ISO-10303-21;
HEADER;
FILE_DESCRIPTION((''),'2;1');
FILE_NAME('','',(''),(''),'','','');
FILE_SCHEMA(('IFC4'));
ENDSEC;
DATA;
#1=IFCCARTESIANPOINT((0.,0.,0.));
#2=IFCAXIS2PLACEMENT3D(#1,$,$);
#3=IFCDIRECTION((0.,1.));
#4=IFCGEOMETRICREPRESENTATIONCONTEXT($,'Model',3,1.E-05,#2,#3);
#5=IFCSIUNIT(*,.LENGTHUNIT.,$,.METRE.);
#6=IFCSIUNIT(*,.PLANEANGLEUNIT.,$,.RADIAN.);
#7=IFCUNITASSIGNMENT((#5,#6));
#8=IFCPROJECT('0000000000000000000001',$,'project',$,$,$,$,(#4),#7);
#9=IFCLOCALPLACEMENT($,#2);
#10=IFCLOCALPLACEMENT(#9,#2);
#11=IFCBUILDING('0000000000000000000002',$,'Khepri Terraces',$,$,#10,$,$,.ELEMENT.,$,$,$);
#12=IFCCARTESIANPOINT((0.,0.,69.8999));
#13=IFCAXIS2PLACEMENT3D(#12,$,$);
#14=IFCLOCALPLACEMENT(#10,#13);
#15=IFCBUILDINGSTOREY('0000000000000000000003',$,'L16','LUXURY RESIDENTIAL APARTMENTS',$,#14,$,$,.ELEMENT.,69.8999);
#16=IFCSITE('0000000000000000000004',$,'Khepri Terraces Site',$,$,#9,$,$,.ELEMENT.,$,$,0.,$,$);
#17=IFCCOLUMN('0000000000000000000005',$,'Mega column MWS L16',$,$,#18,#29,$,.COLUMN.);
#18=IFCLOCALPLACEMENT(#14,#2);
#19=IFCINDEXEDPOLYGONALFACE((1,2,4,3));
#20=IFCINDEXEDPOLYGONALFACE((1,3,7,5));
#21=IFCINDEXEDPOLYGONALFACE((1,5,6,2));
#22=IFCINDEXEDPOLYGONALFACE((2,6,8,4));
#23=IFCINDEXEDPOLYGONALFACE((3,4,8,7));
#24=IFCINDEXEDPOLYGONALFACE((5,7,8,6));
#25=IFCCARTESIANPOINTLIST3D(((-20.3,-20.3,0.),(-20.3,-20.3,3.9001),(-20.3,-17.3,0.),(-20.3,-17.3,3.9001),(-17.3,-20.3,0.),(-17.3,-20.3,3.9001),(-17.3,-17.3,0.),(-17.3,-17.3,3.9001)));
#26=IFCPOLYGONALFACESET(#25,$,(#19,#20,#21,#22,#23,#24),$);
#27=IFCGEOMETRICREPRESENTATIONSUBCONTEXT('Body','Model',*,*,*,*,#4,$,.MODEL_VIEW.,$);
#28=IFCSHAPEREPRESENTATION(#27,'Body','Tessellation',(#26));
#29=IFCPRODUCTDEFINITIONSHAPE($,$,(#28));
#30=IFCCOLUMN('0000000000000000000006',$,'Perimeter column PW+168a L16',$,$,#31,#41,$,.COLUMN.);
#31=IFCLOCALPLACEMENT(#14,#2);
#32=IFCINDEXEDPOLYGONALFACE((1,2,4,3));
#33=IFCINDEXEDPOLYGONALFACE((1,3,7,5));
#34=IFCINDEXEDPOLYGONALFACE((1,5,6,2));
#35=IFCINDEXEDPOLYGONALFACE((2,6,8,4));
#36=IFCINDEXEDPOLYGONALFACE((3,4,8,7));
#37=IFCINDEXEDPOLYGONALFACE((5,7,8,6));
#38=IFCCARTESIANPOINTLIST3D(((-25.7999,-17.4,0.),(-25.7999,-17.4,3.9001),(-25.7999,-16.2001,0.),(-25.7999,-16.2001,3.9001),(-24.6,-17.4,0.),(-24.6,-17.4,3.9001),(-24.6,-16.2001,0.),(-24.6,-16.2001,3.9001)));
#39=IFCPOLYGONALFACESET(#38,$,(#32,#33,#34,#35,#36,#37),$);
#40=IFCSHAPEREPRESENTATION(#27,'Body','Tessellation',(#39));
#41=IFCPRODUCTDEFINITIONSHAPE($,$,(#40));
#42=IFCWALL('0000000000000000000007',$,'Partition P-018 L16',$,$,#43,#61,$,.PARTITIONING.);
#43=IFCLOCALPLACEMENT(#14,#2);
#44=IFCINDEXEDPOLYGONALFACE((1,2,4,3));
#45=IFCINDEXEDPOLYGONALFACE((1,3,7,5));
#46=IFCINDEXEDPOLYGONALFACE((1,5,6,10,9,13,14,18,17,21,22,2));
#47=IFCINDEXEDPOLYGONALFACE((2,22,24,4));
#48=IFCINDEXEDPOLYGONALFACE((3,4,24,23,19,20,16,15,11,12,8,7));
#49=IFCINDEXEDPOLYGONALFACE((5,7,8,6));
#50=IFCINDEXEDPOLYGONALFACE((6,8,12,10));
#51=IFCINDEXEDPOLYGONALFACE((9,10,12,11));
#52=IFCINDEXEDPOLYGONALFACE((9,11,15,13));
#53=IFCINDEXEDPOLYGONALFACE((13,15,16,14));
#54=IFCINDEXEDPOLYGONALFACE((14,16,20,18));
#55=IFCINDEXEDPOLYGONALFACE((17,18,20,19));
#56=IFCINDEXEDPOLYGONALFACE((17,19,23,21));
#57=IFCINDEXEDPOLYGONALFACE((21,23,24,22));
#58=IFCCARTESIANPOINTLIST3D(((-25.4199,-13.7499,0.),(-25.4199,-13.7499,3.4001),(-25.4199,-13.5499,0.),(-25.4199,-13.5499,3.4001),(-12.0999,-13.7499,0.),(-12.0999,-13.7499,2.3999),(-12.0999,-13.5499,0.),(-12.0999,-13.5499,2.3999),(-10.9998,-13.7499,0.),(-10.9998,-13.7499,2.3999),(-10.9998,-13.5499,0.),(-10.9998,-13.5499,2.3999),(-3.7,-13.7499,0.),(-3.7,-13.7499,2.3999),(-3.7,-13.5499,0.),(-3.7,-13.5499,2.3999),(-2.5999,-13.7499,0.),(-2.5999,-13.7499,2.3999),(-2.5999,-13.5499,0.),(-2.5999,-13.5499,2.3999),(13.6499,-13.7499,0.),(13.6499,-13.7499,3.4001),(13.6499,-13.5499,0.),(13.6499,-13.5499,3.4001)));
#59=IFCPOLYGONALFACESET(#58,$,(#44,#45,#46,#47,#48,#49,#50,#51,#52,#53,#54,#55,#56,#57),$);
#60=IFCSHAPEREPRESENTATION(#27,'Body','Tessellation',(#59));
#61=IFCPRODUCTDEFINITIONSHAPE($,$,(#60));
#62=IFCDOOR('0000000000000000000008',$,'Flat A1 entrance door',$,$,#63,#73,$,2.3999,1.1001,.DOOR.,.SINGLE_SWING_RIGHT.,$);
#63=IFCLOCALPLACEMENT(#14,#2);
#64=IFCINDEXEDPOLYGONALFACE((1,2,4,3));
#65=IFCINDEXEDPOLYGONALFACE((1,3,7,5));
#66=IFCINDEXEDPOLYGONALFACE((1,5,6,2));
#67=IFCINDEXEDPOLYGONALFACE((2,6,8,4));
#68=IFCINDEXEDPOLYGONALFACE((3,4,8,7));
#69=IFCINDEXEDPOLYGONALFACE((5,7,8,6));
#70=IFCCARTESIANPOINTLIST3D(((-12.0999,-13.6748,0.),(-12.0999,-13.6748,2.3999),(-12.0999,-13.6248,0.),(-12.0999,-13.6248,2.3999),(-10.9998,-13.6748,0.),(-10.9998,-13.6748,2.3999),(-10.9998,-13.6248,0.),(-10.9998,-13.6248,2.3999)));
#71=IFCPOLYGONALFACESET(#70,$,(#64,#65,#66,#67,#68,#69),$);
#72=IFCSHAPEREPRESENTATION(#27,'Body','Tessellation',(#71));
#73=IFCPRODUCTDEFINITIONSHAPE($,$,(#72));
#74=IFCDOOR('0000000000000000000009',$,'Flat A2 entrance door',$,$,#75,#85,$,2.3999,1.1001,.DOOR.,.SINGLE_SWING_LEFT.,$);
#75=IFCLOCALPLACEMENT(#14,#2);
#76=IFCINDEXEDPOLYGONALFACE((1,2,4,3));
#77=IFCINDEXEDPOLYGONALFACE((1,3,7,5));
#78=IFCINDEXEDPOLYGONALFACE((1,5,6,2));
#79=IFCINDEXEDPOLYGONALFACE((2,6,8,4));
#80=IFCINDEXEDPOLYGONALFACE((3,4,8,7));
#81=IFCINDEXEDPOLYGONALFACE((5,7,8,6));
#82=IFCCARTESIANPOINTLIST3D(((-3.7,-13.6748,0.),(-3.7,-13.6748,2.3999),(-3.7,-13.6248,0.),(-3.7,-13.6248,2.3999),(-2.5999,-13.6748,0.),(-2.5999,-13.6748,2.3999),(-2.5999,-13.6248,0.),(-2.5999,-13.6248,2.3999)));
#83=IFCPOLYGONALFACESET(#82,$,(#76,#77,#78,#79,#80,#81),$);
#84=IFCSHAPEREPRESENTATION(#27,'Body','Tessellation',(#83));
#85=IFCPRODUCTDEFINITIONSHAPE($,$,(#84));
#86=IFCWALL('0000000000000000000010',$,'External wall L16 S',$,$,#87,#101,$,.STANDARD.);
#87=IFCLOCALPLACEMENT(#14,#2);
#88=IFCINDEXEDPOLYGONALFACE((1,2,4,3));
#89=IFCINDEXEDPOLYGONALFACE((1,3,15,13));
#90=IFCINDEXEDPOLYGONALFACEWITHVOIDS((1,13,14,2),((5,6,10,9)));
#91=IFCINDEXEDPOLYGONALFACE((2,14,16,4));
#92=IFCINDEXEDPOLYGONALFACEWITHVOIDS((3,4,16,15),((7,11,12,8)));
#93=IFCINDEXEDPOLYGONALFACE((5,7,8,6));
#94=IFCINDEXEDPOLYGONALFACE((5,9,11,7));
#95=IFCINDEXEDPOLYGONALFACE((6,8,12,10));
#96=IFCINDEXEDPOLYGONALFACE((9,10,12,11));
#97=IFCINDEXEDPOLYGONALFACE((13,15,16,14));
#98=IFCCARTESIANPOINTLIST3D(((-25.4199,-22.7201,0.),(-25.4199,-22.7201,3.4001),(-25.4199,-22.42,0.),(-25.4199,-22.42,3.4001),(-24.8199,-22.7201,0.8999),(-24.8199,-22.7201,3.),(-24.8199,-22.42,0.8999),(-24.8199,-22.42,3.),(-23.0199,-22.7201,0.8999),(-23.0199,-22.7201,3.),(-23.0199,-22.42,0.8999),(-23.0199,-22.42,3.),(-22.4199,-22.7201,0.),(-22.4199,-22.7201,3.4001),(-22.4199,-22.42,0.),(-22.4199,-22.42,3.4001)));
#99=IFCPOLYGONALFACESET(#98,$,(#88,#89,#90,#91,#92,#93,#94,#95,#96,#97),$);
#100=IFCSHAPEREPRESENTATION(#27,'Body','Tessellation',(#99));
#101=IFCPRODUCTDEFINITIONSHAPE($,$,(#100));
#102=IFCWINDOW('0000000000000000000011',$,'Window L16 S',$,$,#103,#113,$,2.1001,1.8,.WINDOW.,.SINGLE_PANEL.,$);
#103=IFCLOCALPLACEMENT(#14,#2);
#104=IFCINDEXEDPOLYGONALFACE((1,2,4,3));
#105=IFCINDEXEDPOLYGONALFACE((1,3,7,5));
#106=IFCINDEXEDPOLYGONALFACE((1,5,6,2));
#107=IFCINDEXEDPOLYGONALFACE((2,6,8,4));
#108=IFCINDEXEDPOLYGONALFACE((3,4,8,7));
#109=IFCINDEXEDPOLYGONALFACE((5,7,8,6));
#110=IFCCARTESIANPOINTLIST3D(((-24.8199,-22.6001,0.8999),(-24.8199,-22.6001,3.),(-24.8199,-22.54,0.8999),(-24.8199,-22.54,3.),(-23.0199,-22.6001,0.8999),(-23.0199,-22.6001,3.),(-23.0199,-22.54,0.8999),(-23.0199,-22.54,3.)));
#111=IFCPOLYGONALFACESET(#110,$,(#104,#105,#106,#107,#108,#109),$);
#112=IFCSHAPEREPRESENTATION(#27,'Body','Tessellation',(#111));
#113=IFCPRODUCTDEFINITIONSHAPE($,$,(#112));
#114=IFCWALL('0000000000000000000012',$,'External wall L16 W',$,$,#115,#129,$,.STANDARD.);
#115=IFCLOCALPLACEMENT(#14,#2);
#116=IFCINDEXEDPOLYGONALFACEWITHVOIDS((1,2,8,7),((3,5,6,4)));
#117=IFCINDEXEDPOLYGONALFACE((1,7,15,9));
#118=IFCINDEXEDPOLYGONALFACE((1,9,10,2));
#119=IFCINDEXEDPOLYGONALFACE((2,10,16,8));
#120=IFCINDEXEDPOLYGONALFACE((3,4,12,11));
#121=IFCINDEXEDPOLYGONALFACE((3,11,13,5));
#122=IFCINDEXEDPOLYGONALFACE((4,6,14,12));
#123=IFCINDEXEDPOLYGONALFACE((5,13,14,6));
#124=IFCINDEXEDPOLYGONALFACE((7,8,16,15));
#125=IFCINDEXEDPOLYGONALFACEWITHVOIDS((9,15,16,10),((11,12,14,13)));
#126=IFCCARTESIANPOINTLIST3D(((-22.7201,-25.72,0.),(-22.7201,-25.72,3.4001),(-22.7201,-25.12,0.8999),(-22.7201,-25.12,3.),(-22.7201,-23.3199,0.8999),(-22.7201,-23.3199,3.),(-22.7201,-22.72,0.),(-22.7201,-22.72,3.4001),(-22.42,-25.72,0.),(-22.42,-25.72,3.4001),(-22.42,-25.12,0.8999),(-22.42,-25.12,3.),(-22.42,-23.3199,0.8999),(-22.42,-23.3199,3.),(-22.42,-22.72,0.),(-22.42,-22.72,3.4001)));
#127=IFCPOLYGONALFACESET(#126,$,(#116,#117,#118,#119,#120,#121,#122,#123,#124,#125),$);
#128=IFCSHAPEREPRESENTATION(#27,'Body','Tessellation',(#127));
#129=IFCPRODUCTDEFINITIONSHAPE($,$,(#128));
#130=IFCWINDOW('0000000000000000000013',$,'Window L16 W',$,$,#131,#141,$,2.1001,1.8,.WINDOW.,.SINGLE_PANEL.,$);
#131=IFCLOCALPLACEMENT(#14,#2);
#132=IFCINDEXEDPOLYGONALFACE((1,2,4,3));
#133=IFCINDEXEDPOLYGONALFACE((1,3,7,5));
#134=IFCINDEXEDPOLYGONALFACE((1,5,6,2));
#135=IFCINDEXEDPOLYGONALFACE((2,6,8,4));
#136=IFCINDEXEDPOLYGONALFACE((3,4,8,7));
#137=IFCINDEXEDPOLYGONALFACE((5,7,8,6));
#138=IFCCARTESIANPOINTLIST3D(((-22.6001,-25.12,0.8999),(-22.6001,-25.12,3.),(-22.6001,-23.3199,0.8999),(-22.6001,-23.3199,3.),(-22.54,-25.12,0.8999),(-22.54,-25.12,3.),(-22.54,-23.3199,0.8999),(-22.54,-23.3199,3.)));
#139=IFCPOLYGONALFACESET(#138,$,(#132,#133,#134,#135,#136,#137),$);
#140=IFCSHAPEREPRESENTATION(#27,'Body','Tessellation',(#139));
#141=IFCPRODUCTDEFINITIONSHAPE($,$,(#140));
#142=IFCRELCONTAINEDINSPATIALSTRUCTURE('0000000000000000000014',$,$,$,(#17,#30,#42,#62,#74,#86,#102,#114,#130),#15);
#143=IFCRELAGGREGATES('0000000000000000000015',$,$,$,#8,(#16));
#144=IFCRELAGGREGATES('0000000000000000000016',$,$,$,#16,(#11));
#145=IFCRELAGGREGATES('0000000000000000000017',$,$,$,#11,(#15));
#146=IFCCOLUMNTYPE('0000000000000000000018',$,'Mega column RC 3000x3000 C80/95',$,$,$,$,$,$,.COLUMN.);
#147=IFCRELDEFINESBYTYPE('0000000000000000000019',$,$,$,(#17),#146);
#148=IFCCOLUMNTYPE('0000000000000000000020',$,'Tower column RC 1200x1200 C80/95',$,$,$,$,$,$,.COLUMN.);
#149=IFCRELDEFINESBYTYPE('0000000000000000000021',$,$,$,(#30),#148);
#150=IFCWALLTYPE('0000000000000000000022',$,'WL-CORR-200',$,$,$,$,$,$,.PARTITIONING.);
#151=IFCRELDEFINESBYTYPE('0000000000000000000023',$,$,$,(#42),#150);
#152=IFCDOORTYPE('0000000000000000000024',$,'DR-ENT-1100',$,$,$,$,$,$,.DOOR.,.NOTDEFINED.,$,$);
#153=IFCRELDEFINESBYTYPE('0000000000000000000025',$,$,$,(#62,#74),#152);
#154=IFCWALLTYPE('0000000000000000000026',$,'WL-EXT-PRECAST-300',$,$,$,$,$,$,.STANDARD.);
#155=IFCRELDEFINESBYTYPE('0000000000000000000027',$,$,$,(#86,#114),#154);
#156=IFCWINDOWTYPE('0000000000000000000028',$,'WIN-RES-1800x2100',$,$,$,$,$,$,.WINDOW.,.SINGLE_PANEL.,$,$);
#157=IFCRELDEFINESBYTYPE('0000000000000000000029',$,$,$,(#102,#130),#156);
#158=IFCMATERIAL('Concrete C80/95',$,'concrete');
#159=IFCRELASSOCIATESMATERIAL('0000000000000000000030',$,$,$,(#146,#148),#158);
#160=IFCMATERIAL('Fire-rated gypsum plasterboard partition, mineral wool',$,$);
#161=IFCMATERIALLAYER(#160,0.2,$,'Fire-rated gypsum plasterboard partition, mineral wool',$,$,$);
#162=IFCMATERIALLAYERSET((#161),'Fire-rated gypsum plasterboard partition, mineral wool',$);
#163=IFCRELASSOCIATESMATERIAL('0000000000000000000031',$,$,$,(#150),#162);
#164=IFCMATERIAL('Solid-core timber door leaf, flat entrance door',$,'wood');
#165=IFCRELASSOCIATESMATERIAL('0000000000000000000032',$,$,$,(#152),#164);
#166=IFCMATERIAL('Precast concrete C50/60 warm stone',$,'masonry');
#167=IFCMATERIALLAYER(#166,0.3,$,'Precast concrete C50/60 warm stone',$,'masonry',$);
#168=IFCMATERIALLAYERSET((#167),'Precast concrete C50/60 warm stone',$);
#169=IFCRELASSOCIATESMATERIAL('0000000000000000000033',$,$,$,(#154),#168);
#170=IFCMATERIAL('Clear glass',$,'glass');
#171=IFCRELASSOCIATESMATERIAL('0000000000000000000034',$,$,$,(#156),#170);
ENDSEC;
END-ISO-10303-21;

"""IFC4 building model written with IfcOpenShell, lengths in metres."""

from ifc_helpers import new_model, si_unit, direction, frame, frame_2d, origin, origin_2d, place, context, subcontext, project, spatial, rectangle, extrude, material, layer, layer_set, material_profile, profile_set, type_object, element, fill, save


model = new_model("IFC4")

# Units and contexts
model_context = context("Model", 3, precision=1e-05, world=origin(), true_north=direction((0.0, 1.0)))
body_context = subcontext(model_context, "Body", "Model", "MODEL_VIEW")
ifc_project = project(units=[si_unit("LENGTHUNIT", "METRE"), si_unit("PLANEANGLEUNIT", "RADIAN")], contexts=[model_context])

# Site, building, storey
site_placement = place(None, origin())
site = spatial("IfcSite", under=ifc_project, at=site_placement, Name="Khepri Terraces Site", CompositionType="ELEMENT", RefElevation=0.0)
building_placement = place(site_placement, origin())
building = spatial("IfcBuilding", under=site, at=building_placement, Name="Khepri Terraces", CompositionType="ELEMENT")
storey_placement = place(building_placement, frame((0.0, 0.0, 69.8999)))
storey = spatial("IfcBuildingStorey", under=building, at=storey_placement, Name="L16", Description="LUXURY RESIDENTIAL APARTMENTS", CompositionType="ELEMENT", Elevation=69.8999)

# Columns
ifc_material_1 = material(Name="Concrete C80/95", Category="concrete")
ifc_material_profile_1 = material_profile(ifc_material_1, rectangle(XDim=3.0, YDim=3.0, at=origin_2d()), Name="Concrete C80/95", Category="concrete")
ifc_profile_set_1 = profile_set([ifc_material_profile_1], Name="Concrete C80/95")
column_type_1 = type_object("IfcColumnType", Name="Mega column RC 3000x3000 C80/95", PredefinedType="COLUMN", material=ifc_profile_set_1)
column_1_placement = place(storey_placement, frame((-18.8, -18.8, 0.0), z_axis=(0.0, 0.0, 1.0), x_axis=(1.0, 0.0, 0.0)))
element("IfcColumn", 1, at=column_1_placement, inside=storey, type_object=column_type_1, Name="Mega column MWS L16", PredefinedType="COLUMN", context=body_context, shape_type="SweptSolid", body=[
    extrude(rectangle(XDim=3.0, YDim=3.0, at=origin_2d()), origin(), (0.0, 0.0, 1.0), 3.9001),
])
ifc_material_profile_2 = material_profile(ifc_material_1, rectangle(XDim=1.2, YDim=1.2, at=origin_2d()), Name="Concrete C80/95", Category="concrete")
ifc_profile_set_2 = profile_set([ifc_material_profile_2], Name="Concrete C80/95")
column_type_2 = type_object("IfcColumnType", Name="Tower column RC 1200x1200 C80/95", PredefinedType="COLUMN", material=ifc_profile_set_2)
column_2_placement = place(storey_placement, frame((-25.2, -16.8, 0.0), z_axis=(0.0, 0.0, 1.0), x_axis=(1.0, 0.0, 0.0)))
element("IfcColumn", 2, at=column_2_placement, inside=storey, type_object=column_type_2, Name="Perimeter column PW+168a L16", PredefinedType="COLUMN", context=body_context, shape_type="SweptSolid", body=[
    extrude(rectangle(XDim=1.2, YDim=1.2, at=origin_2d()), origin(), (0.0, 0.0, 1.0), 3.9001),
])

# Wall, openings, doors
ifc_material_2 = material(Name="Fire-rated gypsum plasterboard partition, mineral wool")
ifc_layer_1 = layer(ifc_material_2, 0.2, Name="Fire-rated gypsum plasterboard partition, mineral wool")
ifc_layer_set_1 = layer_set([ifc_layer_1], Name="Fire-rated gypsum plasterboard partition, mineral wool")
wall_type_1 = type_object("IfcWallType", Name="WL-CORR-200", PredefinedType="PARTITIONING", material=ifc_layer_set_1)
wall_1_placement = place(storey_placement, frame((-25.4199, -13.6499, 0.0), z_axis=(0.0, 0.0, 1.0), x_axis=(1.0, 0.0, 0.0)))
wall_1 = element("IfcWall", 3, at=wall_1_placement, inside=storey, type_object=wall_type_1, Name="Partition P-018 L16", PredefinedType="PARTITIONING", context=body_context, shape_type="SweptSolid", body=[
    extrude(rectangle(XDim=39.0698, YDim=0.2, at=frame_2d((19.5349, 0.0))), origin(), (0.0, 0.0, 1.0), 3.4001),
])
opening_1_placement = place(wall_1_placement, frame((13.3201, 0.0, 0.0)))
opening_1 = element("IfcOpeningElement", 4, at=opening_1_placement, cuts=wall_1, PredefinedType="OPENING", context=body_context, shape_type="SweptSolid", body=[
    extrude(rectangle(XDim=1.1001, YDim=2.3999, at=frame_2d((0.55, 1.2))), frame((0.0, 0.1099, 0.0), z_axis=(0.0, -1.0, 0.0), x_axis=(1.0, 0.0, 0.0)), (0.0, 0.0, 1.0), 0.22),
])
opening_2_placement = place(wall_1_placement, frame((21.72, 0.0, 0.0)))
opening_2 = element("IfcOpeningElement", 5, at=opening_2_placement, cuts=wall_1, PredefinedType="OPENING", context=body_context, shape_type="SweptSolid", body=[
    extrude(rectangle(XDim=1.1001, YDim=2.3999, at=frame_2d((0.55, 1.2))), frame((0.0, 0.1099, 0.0), z_axis=(0.0, -1.0, 0.0), x_axis=(1.0, 0.0, 0.0)), (0.0, 0.0, 1.0), 0.22),
])
ifc_material_3 = material(Name="Solid-core timber door leaf, flat entrance door", Category="wood")
door_type_1 = type_object("IfcDoorType", Name="DR-ENT-1100", OperationType="NOTDEFINED", PredefinedType="DOOR", material=ifc_material_3)
door_1_placement = place(opening_1_placement, frame((1.1001, 0.0, 0.0), z_axis=(0.0, 0.0, 1.0), x_axis=(-1.0, 0.0, 0.0)))
door_1 = element("IfcDoor", 6, at=door_1_placement, inside=storey, type_object=door_type_1, Name="Flat A1 entrance door", OperationType="SINGLE_SWING_RIGHT", OverallHeight=2.3999, OverallWidth=1.1001, PredefinedType="DOOR", context=body_context, shape_type="SweptSolid", body=[
    extrude(rectangle(XDim=1.1001, YDim=2.3999, at=frame_2d((0.55, 1.2))), frame((0.0, 0.0249, 0.0), z_axis=(0.0, -1.0, 0.0), x_axis=(1.0, 0.0, 0.0)), (0.0, 0.0, 1.0), 0.05),
])
fill(opening_1, door_1)
door_2_placement = place(opening_2_placement, frame((1.1001, 0.0, 0.0), z_axis=(0.0, 0.0, 1.0), x_axis=(-1.0, 0.0, 0.0)))
door_2 = element("IfcDoor", 7, at=door_2_placement, inside=storey, type_object=door_type_1, Name="Flat A2 entrance door", OperationType="SINGLE_SWING_LEFT", OverallHeight=2.3999, OverallWidth=1.1001, PredefinedType="DOOR", context=body_context, shape_type="SweptSolid", body=[
    extrude(rectangle(XDim=1.1001, YDim=2.3999, at=frame_2d((0.55, 1.2))), frame((0.0, 0.0249, 0.0), z_axis=(0.0, -1.0, 0.0), x_axis=(1.0, 0.0, 0.0)), (0.0, 0.0, 1.0), 0.05),
])
fill(opening_2, door_2)

# Shared definitions
ifc_material_4 = material(Name="Precast concrete C50/60 warm stone", Category="masonry")
ifc_layer_2 = layer(ifc_material_4, 0.3, Name="Precast concrete C50/60 warm stone", Category="masonry")
ifc_layer_set_2 = layer_set([ifc_layer_2], Name="Precast concrete C50/60 warm stone")
wall_type_2 = type_object("IfcWallType", Name="WL-EXT-PRECAST-300", PredefinedType="STANDARD", material=ifc_layer_set_2)
ifc_material_5 = material(Name="Clear glass", Category="glass")
window_type = type_object("IfcWindowType", Name="WIN-RES-1800x2100", PartitioningType="SINGLE_PANEL", PredefinedType="WINDOW", material=ifc_material_5)

# Walls, openings, windows
wall_2_placement = place(storey_placement, frame((-25.4199, -22.5701, 0.0), z_axis=(0.0, 0.0, 1.0), x_axis=(1.0, 0.0, 0.0)))
wall_2 = element("IfcWall", 8, at=wall_2_placement, inside=storey, type_object=wall_type_2, Name="External wall L16 S", PredefinedType="STANDARD", context=body_context, shape_type="SweptSolid", body=[
    extrude(rectangle(XDim=3.0, YDim=0.3, at=frame_2d((1.5, 0.0))), origin(), (0.0, 0.0, 1.0), 3.4001),
])
opening_3_placement = place(wall_2_placement, frame((0.6001, 0.0, 0.8999)))
opening_3 = element("IfcOpeningElement", 9, at=opening_3_placement, cuts=wall_2, PredefinedType="OPENING", context=body_context, shape_type="SweptSolid", body=[
    extrude(rectangle(XDim=1.8, YDim=2.1001, at=frame_2d((0.8999, 1.05))), frame((0.0, 0.1602, 0.0), z_axis=(0.0, -1.0, 0.0), x_axis=(1.0, 0.0, 0.0)), (0.0, 0.0, 1.0), 0.3201),
])
window_1_placement = place(opening_3_placement, origin())
window_1 = element("IfcWindow", 10, at=window_1_placement, inside=storey, type_object=window_type, Name="Window L16 S", OverallHeight=2.1001, OverallWidth=1.8, PartitioningType="SINGLE_PANEL", PredefinedType="WINDOW", context=body_context, shape_type="SweptSolid", body=[
    extrude(rectangle(XDim=1.8, YDim=2.1001, at=frame_2d((0.8999, 1.05))), frame((0.0, 0.03, 0.0), z_axis=(0.0, -1.0, 0.0), x_axis=(1.0, 0.0, 0.0)), (0.0, 0.0, 1.0), 0.0601),
])
fill(opening_3, window_1)
wall_3_placement = place(storey_placement, frame((-22.5701, -22.72, 0.0), z_axis=(0.0, 0.0, 1.0), x_axis=(0.0, -1.0, 0.0)))
wall_3 = element("IfcWall", 11, at=wall_3_placement, inside=storey, type_object=wall_type_2, Name="External wall L16 W", PredefinedType="STANDARD", context=body_context, shape_type="SweptSolid", body=[
    extrude(rectangle(XDim=3.0, YDim=0.3, at=frame_2d((1.5, 0.0))), origin(), (0.0, 0.0, 1.0), 3.4001),
])
opening_4_placement = place(wall_3_placement, frame((0.6001, 0.0, 0.8999)))
opening_4 = element("IfcOpeningElement", 12, at=opening_4_placement, cuts=wall_3, PredefinedType="OPENING", context=body_context, shape_type="SweptSolid", body=[
    extrude(rectangle(XDim=1.8, YDim=2.1001, at=frame_2d((0.8999, 1.05))), frame((0.0, 0.1602, 0.0), z_axis=(0.0, -1.0, 0.0), x_axis=(1.0, 0.0, 0.0)), (0.0, 0.0, 1.0), 0.3201),
])
window_2_placement = place(opening_4_placement, origin())
window_2 = element("IfcWindow", 13, at=window_2_placement, inside=storey, type_object=window_type, Name="Window L16 W", OverallHeight=2.1001, OverallWidth=1.8, PartitioningType="SINGLE_PANEL", PredefinedType="WINDOW", context=body_context, shape_type="SweptSolid", body=[
    extrude(rectangle(XDim=1.8, YDim=2.1001, at=frame_2d((0.8999, 1.05))), frame((0.0, 0.03, 0.0), z_axis=(0.0, -1.0, 0.0), x_axis=(1.0, 0.0, 0.0)), (0.0, 0.0, 1.0), 0.0601),
])
fill(opening_4, window_2)

save(model, "model.ifc")
